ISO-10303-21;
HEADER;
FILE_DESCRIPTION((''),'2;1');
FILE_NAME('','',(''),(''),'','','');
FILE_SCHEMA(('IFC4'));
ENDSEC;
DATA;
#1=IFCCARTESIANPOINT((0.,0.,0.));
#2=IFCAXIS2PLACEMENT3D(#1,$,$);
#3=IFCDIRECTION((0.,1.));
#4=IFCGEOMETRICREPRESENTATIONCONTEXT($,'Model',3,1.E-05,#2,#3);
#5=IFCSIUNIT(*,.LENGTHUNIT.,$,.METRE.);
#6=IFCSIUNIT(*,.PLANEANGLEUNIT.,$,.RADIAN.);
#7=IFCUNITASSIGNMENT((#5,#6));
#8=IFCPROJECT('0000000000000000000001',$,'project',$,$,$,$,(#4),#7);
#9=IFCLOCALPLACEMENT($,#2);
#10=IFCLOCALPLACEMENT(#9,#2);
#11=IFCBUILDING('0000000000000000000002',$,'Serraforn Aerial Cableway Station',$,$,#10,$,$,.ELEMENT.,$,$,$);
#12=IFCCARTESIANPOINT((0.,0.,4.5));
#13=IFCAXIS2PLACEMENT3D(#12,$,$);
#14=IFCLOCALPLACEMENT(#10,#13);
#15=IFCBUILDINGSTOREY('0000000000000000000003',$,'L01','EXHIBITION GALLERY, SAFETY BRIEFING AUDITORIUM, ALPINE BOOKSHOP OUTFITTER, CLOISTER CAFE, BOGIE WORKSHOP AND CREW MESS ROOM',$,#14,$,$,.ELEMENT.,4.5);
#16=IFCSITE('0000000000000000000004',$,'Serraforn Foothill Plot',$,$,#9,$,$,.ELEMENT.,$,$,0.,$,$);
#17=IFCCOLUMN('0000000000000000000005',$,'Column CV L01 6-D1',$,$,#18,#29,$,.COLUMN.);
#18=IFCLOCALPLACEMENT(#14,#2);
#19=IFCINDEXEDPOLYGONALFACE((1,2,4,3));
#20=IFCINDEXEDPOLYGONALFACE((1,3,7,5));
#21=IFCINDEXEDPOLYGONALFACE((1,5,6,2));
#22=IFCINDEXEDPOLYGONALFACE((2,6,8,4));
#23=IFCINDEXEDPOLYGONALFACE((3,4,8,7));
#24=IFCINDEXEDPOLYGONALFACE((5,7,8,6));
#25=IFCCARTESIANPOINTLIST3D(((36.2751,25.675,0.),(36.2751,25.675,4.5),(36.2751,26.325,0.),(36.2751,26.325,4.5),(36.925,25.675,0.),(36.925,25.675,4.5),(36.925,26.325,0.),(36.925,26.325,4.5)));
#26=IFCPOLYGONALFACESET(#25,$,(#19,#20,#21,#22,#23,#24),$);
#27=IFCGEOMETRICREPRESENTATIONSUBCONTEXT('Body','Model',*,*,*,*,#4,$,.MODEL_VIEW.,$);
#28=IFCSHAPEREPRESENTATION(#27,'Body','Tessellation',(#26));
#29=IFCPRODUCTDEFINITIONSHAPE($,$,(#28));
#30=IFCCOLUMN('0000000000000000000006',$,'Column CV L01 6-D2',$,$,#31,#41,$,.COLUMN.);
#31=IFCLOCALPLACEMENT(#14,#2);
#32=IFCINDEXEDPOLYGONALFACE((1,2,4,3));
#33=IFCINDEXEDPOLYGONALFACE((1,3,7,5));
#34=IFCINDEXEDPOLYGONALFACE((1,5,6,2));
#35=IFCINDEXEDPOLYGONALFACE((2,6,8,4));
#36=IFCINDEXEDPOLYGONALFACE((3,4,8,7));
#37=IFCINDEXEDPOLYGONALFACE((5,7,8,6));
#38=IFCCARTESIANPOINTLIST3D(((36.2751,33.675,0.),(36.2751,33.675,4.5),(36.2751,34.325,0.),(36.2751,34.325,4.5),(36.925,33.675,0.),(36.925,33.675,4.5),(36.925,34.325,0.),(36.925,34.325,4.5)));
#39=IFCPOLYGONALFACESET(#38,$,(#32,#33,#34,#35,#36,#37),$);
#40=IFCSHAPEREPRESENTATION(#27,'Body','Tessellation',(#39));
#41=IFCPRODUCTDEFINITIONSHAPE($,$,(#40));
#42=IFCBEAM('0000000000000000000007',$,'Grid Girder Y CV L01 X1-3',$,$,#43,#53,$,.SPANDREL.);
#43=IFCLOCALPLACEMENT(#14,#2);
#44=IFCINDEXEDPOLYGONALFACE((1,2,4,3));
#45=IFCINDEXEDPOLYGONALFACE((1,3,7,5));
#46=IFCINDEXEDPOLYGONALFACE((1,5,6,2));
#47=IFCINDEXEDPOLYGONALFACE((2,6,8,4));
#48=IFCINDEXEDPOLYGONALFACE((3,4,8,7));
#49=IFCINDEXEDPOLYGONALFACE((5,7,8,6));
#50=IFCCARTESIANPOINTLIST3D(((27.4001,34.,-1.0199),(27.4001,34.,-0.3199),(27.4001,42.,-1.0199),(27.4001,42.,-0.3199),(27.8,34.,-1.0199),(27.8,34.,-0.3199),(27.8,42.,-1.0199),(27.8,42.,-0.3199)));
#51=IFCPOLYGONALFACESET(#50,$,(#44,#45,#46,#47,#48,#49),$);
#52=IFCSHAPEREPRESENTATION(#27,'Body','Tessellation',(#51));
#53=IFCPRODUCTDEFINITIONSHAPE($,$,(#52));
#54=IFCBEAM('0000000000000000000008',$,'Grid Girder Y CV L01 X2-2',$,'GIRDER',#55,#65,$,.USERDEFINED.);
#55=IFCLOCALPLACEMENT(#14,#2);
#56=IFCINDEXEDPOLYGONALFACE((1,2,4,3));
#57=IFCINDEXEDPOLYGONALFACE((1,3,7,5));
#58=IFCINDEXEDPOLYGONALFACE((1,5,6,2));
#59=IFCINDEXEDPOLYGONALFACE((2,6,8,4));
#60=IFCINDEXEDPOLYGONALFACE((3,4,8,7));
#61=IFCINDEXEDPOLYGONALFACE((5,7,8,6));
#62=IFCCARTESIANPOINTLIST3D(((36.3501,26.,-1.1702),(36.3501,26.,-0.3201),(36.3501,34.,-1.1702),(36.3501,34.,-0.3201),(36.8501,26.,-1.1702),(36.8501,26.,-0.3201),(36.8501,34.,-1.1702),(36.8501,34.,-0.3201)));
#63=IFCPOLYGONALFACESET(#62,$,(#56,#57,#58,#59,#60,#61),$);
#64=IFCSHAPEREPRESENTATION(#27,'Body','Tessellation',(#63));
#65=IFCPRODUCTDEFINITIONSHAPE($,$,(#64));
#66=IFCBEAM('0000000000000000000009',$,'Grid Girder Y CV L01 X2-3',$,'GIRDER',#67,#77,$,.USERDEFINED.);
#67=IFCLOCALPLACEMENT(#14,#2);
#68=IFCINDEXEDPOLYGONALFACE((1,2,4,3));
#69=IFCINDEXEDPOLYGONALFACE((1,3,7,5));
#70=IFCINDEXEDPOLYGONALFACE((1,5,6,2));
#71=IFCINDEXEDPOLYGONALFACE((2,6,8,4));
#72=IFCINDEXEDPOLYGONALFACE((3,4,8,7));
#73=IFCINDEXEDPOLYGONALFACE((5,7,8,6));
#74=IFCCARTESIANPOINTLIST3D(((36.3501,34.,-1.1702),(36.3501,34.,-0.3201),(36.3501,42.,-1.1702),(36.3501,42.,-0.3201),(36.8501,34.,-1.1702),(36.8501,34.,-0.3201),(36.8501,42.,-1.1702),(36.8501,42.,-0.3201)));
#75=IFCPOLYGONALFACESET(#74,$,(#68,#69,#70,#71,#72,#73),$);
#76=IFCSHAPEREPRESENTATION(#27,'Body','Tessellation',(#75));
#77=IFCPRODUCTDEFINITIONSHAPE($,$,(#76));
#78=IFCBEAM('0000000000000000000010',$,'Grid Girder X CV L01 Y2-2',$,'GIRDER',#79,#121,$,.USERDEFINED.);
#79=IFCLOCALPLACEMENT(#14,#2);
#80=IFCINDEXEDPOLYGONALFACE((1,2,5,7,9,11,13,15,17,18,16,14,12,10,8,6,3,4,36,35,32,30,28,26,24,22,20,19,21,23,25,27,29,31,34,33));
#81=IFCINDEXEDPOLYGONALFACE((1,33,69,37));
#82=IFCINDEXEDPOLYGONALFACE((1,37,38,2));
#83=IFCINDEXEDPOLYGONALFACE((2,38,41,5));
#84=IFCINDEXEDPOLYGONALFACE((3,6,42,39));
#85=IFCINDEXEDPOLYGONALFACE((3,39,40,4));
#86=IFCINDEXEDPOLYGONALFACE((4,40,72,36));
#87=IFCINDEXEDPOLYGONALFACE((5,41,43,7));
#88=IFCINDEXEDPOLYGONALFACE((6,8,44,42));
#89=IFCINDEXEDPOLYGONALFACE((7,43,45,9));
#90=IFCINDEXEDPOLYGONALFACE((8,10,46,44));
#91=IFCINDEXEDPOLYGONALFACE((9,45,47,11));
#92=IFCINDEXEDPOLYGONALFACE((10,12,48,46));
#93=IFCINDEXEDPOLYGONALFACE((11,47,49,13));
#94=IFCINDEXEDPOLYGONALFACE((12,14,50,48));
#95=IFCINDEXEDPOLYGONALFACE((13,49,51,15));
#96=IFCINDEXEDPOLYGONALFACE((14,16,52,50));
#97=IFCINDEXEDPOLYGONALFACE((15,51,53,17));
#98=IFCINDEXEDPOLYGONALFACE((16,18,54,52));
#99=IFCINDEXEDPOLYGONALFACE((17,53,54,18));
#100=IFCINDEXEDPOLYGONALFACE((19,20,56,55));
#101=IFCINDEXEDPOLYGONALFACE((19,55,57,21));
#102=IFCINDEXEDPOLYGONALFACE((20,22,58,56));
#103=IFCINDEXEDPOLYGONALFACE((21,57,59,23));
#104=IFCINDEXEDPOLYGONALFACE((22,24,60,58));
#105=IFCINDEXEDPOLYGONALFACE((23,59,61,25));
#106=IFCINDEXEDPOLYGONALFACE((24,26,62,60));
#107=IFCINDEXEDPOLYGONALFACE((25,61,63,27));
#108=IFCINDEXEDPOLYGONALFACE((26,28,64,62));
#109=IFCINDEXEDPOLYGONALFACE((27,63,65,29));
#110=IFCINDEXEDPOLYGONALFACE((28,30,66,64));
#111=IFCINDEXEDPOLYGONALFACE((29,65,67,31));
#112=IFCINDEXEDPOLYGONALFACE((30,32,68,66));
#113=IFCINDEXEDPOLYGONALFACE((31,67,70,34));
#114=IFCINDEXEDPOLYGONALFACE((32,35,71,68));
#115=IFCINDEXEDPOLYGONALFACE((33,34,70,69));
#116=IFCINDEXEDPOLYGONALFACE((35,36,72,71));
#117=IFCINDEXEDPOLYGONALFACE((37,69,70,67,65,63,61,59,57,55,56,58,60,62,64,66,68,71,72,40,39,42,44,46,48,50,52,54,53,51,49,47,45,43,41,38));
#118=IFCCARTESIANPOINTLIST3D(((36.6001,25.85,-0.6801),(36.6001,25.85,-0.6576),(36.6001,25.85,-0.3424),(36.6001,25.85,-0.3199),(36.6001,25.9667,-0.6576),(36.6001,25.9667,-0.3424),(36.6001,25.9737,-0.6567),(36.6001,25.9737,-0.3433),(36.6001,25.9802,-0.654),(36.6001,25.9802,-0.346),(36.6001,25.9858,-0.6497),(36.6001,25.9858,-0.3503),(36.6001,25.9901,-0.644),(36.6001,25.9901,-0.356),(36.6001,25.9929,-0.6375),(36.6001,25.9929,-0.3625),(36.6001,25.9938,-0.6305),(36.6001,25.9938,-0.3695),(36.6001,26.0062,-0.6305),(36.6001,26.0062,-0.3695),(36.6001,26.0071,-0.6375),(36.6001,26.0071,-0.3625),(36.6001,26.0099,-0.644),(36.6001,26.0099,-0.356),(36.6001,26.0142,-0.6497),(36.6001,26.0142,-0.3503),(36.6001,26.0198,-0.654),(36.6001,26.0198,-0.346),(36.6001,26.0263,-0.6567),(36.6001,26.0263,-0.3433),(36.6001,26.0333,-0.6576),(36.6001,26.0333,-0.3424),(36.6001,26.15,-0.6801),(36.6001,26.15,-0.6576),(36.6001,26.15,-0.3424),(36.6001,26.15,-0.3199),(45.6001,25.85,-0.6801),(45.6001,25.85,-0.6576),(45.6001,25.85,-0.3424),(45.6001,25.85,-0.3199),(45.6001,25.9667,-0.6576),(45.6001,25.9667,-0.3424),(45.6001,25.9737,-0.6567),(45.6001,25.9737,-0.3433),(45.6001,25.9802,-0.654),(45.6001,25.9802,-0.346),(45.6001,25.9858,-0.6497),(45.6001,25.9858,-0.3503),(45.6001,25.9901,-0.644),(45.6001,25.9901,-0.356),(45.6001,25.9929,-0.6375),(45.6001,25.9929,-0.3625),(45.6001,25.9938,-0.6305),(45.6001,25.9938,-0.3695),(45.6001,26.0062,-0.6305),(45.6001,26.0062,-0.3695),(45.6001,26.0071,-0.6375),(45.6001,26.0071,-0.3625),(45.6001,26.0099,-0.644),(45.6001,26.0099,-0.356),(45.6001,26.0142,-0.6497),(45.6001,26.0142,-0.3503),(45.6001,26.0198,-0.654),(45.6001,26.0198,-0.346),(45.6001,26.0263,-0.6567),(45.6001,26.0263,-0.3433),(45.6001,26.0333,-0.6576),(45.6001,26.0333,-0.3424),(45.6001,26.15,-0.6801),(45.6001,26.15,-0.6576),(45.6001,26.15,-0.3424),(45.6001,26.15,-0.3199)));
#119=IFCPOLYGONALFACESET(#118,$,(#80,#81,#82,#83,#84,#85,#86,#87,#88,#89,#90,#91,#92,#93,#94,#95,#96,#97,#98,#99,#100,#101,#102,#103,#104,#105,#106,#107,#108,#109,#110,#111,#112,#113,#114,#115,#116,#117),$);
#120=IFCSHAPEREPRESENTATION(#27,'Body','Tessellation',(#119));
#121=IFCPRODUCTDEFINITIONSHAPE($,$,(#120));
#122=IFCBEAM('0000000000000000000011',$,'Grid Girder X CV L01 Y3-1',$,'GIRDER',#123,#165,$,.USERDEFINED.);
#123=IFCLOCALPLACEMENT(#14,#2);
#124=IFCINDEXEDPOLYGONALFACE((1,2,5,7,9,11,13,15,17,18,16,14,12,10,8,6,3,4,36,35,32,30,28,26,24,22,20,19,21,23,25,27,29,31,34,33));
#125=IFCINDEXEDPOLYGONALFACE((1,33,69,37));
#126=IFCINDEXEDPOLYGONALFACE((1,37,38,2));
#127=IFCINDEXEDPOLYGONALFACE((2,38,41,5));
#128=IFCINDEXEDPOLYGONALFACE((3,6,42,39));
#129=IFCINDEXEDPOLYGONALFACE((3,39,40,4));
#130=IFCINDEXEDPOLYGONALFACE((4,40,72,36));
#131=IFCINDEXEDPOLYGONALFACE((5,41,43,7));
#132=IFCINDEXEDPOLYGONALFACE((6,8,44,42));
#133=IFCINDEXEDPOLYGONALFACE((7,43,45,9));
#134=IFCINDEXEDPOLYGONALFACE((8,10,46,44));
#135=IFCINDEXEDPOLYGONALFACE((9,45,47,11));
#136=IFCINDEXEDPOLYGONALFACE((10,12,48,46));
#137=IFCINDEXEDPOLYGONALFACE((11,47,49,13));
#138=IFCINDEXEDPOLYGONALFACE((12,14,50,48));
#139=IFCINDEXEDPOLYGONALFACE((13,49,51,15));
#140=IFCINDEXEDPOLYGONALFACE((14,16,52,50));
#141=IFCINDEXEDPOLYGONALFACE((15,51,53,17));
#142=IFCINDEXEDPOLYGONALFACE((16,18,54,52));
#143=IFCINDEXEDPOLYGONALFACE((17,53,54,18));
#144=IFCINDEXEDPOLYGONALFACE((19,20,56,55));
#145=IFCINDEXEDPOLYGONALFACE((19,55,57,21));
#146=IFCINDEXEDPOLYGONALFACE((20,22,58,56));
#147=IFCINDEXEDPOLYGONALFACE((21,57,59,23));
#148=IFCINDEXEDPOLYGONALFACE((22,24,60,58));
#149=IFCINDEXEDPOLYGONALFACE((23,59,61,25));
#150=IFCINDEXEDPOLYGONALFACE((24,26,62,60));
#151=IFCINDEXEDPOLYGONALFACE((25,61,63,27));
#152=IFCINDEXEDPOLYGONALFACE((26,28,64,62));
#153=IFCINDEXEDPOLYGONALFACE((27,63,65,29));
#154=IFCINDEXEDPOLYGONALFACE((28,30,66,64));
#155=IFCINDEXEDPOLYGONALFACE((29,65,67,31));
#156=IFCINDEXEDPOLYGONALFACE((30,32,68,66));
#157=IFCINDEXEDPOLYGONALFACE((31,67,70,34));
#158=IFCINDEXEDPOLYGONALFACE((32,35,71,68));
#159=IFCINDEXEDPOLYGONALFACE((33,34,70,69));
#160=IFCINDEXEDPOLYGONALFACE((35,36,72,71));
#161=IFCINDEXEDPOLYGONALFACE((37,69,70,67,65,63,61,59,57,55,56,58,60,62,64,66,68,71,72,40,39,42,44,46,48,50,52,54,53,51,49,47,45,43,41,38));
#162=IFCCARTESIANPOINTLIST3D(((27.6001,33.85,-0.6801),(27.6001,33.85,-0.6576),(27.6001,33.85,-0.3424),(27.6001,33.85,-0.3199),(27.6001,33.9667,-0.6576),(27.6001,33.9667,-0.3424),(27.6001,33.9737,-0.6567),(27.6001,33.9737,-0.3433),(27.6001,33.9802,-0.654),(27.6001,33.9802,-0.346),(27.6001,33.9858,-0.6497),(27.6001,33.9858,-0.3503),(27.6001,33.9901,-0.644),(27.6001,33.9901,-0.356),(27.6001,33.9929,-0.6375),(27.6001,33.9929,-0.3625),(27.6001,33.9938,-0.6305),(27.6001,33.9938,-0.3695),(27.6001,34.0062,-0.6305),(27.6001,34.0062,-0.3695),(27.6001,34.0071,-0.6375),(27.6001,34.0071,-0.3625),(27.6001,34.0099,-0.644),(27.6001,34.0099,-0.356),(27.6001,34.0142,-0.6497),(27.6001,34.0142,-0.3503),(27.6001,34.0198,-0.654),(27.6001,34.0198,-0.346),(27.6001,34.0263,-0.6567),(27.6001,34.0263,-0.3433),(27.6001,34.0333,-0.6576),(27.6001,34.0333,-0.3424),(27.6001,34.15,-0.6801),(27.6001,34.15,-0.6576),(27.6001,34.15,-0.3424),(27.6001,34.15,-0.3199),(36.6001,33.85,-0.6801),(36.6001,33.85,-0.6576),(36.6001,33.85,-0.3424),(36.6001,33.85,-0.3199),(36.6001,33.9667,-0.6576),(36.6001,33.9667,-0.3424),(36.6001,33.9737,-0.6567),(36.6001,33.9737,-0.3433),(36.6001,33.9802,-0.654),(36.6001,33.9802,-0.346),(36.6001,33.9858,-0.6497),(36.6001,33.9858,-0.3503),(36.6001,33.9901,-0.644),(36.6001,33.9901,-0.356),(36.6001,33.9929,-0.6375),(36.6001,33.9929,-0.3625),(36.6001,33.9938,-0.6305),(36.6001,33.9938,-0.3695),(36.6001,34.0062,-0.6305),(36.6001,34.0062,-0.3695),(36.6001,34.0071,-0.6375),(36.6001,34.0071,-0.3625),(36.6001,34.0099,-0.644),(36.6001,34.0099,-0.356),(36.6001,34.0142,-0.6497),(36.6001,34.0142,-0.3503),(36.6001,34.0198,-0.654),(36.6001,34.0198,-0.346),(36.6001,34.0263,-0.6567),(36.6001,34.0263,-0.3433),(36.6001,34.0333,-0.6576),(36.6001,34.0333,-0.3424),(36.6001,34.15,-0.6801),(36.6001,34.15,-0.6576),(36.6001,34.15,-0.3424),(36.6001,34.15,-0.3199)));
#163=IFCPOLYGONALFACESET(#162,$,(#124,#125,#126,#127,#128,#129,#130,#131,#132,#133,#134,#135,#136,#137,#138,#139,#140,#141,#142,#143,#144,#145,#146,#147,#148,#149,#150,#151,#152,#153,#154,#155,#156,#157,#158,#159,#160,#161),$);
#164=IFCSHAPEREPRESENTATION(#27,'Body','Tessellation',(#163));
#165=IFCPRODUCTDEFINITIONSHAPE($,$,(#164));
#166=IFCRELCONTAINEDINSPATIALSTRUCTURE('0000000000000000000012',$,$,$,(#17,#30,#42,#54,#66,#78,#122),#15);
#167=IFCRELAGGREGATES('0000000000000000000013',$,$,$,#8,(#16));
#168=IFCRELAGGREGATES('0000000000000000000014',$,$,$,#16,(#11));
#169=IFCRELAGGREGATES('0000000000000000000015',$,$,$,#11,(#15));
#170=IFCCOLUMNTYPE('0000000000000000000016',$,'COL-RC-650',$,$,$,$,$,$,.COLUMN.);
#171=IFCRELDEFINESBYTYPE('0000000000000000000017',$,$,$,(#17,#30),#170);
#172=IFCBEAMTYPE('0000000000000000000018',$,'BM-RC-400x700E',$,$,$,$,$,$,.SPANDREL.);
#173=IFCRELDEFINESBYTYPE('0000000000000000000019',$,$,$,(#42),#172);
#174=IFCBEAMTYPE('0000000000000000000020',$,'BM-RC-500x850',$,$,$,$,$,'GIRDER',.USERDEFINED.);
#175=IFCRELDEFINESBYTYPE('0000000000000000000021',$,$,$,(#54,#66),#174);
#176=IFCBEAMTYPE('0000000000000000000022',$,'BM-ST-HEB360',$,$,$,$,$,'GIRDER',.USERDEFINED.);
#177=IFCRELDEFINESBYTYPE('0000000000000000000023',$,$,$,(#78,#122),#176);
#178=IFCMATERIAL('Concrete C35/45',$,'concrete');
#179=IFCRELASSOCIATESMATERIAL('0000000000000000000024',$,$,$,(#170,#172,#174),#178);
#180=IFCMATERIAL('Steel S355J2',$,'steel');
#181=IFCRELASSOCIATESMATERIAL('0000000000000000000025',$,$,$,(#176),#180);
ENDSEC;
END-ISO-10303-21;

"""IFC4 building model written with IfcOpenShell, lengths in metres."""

from ifc_helpers import new_model, si_unit, direction, frame, origin, origin_2d, place, context, subcontext, project, spatial, rectangle, i_section, extrude, material, material_profile, profile_set, type_object, element, save


model = new_model("IFC4")

# Units and contexts
model_context = context("Model", 3, precision=1e-05, world=origin(), true_north=direction((0.0, 1.0)))
body_context = subcontext(model_context, "Body", "Model", "MODEL_VIEW")
ifc_project = project(units=[si_unit("LENGTHUNIT", "METRE"), si_unit("PLANEANGLEUNIT", "RADIAN")], contexts=[model_context])

# Site, building, storey
site_placement = place(None, origin())
site = spatial("IfcSite", under=ifc_project, at=site_placement, Name="Serraforn Foothill Plot", CompositionType="ELEMENT", RefElevation=0.0)
building_placement = place(site_placement, origin())
building = spatial("IfcBuilding", under=site, at=building_placement, Name="Serraforn Aerial Cableway Station", CompositionType="ELEMENT")
storey_placement = place(building_placement, frame((0.0, 0.0, 4.5)))
storey = spatial("IfcBuildingStorey", under=building, at=storey_placement, Name="L01", Description="EXHIBITION GALLERY, SAFETY BRIEFING AUDITORIUM, ALPINE BOOKSHOP OUTFITTER, CLOISTER CAFE, BOGIE WORKSHOP AND CREW MESS ROOM", CompositionType="ELEMENT", Elevation=4.5)

# Columns
ifc_material_1 = material(Name="Concrete C35/45", Category="concrete")
ifc_material_profile_1 = material_profile(ifc_material_1, rectangle(XDim=0.6499, YDim=0.6499, at=origin_2d()), Name="RC 650x650")
ifc_profile_set_1 = profile_set([ifc_material_profile_1], Name="Concrete C35/45")
column_type = type_object("IfcColumnType", Name="COL-RC-650", PredefinedType="COLUMN", material=ifc_profile_set_1)
for number, where, z_axis, x_axis, name in (
    (1, (36.6001, 26.0, 0.0), (0.0, 0.0, 1.0), (1.0, 0.0, 0.0), "Column CV L01 6-D1"),
    (2, (36.6001, 34.0, 0.0), (0.0, 0.0, 1.0), (1.0, 0.0, 0.0), "Column CV L01 6-D2"),
):
    element("IfcColumn", number, at=place(storey_placement, frame(where, z_axis=z_axis, x_axis=x_axis)), inside=storey, type_object=column_type, Name=name, PredefinedType="COLUMN", context=body_context, shape_type="SweptSolid", body=[
        extrude(rectangle(XDim=0.6499, YDim=0.6499, at=origin_2d()), origin(), (0.0, 0.0, 1.0), 4.5),
    ])

# Beams
ifc_material_profile_2 = material_profile(ifc_material_1, rectangle(XDim=0.3999, YDim=0.7, at=origin_2d()), Name="RC 400x700")
ifc_profile_set_2 = profile_set([ifc_material_profile_2], Name="Concrete C35/45")
beam_type_1 = type_object("IfcBeamType", Name="BM-RC-400x700E", PredefinedType="SPANDREL", material=ifc_profile_set_2)
beam_1_placement = place(storey_placement, frame((27.6001, 34.0, -0.6699), z_axis=(0.0, 1.0, 0.0), x_axis=(-1.0, 0.0, 0.0)))
element("IfcBeam", 3, at=beam_1_placement, inside=storey, type_object=beam_type_1, Name="Grid Girder Y CV L01 X1-3", PredefinedType="SPANDREL", context=body_context, shape_type="SweptSolid", body=[
    extrude(rectangle(XDim=0.3999, YDim=0.7, at=origin_2d()), origin(), (0.0, 0.0, 1.0), 8.0),
])
ifc_material_profile_3 = material_profile(ifc_material_1, rectangle(XDim=0.5, YDim=0.8501, at=origin_2d()), Name="RC 500x850")
ifc_profile_set_3 = profile_set([ifc_material_profile_3], Name="Concrete C35/45")
beam_type_2 = type_object("IfcBeamType", Name="BM-RC-500x850", ElementType="GIRDER", PredefinedType="USERDEFINED", material=ifc_profile_set_3)
for number, where, z_axis, x_axis, name in (
    (4, (36.6001, 26.0, -0.7451), (0.0, 1.0, 0.0), (-1.0, 0.0, 0.0), "Grid Girder Y CV L01 X2-2"),
    (5, (36.6001, 34.0, -0.7451), (0.0, 1.0, 0.0), (-1.0, 0.0, 0.0), "Grid Girder Y CV L01 X2-3"),
):
    element("IfcBeam", number, at=place(storey_placement, frame(where, z_axis=z_axis, x_axis=x_axis)), inside=storey, type_object=beam_type_2, Name=name, ObjectType="GIRDER", PredefinedType="USERDEFINED", context=body_context, shape_type="SweptSolid", body=[
        extrude(rectangle(XDim=0.5, YDim=0.8501, at=origin_2d()), origin(), (0.0, 0.0, 1.0), 8.0),
    ])
ifc_material_2 = material(Name="Steel S355J2", Category="steel")
ifc_material_profile_4 = material_profile(ifc_material_2, i_section(OverallWidth=0.3, OverallDepth=0.3601, WebThickness=0.0125, FlangeThickness=0.0225, FilletRadius=0.0271, at=origin_2d()), Name="HEB 360")
ifc_profile_set_4 = profile_set([ifc_material_profile_4], Name="Steel S355J2")
beam_type_3 = type_object("IfcBeamType", Name="BM-ST-HEB360", ElementType="GIRDER", PredefinedType="USERDEFINED", material=ifc_profile_set_4)
for number, where, z_axis, x_axis, name in (
    (6, (36.6001, 26.0, -0.5), (1.0, 0.0, 0.0), (0.0, 1.0, 0.0), "Grid Girder X CV L01 Y2-2"),
    (7, (27.6001, 34.0, -0.5), (1.0, 0.0, 0.0), (0.0, 1.0, 0.0), "Grid Girder X CV L01 Y3-1"),
):
    element("IfcBeam", number, at=place(storey_placement, frame(where, z_axis=z_axis, x_axis=x_axis)), inside=storey, type_object=beam_type_3, Name=name, ObjectType="GIRDER", PredefinedType="USERDEFINED", context=body_context, shape_type="SweptSolid", body=[
        extrude(i_section(OverallWidth=0.3, OverallDepth=0.3601, WebThickness=0.0125, FlangeThickness=0.0225, FilletRadius=0.0271, at=origin_2d()), origin(), (0.0, 0.0, 1.0), 9.0),
    ])

save(model, "model.ifc")
